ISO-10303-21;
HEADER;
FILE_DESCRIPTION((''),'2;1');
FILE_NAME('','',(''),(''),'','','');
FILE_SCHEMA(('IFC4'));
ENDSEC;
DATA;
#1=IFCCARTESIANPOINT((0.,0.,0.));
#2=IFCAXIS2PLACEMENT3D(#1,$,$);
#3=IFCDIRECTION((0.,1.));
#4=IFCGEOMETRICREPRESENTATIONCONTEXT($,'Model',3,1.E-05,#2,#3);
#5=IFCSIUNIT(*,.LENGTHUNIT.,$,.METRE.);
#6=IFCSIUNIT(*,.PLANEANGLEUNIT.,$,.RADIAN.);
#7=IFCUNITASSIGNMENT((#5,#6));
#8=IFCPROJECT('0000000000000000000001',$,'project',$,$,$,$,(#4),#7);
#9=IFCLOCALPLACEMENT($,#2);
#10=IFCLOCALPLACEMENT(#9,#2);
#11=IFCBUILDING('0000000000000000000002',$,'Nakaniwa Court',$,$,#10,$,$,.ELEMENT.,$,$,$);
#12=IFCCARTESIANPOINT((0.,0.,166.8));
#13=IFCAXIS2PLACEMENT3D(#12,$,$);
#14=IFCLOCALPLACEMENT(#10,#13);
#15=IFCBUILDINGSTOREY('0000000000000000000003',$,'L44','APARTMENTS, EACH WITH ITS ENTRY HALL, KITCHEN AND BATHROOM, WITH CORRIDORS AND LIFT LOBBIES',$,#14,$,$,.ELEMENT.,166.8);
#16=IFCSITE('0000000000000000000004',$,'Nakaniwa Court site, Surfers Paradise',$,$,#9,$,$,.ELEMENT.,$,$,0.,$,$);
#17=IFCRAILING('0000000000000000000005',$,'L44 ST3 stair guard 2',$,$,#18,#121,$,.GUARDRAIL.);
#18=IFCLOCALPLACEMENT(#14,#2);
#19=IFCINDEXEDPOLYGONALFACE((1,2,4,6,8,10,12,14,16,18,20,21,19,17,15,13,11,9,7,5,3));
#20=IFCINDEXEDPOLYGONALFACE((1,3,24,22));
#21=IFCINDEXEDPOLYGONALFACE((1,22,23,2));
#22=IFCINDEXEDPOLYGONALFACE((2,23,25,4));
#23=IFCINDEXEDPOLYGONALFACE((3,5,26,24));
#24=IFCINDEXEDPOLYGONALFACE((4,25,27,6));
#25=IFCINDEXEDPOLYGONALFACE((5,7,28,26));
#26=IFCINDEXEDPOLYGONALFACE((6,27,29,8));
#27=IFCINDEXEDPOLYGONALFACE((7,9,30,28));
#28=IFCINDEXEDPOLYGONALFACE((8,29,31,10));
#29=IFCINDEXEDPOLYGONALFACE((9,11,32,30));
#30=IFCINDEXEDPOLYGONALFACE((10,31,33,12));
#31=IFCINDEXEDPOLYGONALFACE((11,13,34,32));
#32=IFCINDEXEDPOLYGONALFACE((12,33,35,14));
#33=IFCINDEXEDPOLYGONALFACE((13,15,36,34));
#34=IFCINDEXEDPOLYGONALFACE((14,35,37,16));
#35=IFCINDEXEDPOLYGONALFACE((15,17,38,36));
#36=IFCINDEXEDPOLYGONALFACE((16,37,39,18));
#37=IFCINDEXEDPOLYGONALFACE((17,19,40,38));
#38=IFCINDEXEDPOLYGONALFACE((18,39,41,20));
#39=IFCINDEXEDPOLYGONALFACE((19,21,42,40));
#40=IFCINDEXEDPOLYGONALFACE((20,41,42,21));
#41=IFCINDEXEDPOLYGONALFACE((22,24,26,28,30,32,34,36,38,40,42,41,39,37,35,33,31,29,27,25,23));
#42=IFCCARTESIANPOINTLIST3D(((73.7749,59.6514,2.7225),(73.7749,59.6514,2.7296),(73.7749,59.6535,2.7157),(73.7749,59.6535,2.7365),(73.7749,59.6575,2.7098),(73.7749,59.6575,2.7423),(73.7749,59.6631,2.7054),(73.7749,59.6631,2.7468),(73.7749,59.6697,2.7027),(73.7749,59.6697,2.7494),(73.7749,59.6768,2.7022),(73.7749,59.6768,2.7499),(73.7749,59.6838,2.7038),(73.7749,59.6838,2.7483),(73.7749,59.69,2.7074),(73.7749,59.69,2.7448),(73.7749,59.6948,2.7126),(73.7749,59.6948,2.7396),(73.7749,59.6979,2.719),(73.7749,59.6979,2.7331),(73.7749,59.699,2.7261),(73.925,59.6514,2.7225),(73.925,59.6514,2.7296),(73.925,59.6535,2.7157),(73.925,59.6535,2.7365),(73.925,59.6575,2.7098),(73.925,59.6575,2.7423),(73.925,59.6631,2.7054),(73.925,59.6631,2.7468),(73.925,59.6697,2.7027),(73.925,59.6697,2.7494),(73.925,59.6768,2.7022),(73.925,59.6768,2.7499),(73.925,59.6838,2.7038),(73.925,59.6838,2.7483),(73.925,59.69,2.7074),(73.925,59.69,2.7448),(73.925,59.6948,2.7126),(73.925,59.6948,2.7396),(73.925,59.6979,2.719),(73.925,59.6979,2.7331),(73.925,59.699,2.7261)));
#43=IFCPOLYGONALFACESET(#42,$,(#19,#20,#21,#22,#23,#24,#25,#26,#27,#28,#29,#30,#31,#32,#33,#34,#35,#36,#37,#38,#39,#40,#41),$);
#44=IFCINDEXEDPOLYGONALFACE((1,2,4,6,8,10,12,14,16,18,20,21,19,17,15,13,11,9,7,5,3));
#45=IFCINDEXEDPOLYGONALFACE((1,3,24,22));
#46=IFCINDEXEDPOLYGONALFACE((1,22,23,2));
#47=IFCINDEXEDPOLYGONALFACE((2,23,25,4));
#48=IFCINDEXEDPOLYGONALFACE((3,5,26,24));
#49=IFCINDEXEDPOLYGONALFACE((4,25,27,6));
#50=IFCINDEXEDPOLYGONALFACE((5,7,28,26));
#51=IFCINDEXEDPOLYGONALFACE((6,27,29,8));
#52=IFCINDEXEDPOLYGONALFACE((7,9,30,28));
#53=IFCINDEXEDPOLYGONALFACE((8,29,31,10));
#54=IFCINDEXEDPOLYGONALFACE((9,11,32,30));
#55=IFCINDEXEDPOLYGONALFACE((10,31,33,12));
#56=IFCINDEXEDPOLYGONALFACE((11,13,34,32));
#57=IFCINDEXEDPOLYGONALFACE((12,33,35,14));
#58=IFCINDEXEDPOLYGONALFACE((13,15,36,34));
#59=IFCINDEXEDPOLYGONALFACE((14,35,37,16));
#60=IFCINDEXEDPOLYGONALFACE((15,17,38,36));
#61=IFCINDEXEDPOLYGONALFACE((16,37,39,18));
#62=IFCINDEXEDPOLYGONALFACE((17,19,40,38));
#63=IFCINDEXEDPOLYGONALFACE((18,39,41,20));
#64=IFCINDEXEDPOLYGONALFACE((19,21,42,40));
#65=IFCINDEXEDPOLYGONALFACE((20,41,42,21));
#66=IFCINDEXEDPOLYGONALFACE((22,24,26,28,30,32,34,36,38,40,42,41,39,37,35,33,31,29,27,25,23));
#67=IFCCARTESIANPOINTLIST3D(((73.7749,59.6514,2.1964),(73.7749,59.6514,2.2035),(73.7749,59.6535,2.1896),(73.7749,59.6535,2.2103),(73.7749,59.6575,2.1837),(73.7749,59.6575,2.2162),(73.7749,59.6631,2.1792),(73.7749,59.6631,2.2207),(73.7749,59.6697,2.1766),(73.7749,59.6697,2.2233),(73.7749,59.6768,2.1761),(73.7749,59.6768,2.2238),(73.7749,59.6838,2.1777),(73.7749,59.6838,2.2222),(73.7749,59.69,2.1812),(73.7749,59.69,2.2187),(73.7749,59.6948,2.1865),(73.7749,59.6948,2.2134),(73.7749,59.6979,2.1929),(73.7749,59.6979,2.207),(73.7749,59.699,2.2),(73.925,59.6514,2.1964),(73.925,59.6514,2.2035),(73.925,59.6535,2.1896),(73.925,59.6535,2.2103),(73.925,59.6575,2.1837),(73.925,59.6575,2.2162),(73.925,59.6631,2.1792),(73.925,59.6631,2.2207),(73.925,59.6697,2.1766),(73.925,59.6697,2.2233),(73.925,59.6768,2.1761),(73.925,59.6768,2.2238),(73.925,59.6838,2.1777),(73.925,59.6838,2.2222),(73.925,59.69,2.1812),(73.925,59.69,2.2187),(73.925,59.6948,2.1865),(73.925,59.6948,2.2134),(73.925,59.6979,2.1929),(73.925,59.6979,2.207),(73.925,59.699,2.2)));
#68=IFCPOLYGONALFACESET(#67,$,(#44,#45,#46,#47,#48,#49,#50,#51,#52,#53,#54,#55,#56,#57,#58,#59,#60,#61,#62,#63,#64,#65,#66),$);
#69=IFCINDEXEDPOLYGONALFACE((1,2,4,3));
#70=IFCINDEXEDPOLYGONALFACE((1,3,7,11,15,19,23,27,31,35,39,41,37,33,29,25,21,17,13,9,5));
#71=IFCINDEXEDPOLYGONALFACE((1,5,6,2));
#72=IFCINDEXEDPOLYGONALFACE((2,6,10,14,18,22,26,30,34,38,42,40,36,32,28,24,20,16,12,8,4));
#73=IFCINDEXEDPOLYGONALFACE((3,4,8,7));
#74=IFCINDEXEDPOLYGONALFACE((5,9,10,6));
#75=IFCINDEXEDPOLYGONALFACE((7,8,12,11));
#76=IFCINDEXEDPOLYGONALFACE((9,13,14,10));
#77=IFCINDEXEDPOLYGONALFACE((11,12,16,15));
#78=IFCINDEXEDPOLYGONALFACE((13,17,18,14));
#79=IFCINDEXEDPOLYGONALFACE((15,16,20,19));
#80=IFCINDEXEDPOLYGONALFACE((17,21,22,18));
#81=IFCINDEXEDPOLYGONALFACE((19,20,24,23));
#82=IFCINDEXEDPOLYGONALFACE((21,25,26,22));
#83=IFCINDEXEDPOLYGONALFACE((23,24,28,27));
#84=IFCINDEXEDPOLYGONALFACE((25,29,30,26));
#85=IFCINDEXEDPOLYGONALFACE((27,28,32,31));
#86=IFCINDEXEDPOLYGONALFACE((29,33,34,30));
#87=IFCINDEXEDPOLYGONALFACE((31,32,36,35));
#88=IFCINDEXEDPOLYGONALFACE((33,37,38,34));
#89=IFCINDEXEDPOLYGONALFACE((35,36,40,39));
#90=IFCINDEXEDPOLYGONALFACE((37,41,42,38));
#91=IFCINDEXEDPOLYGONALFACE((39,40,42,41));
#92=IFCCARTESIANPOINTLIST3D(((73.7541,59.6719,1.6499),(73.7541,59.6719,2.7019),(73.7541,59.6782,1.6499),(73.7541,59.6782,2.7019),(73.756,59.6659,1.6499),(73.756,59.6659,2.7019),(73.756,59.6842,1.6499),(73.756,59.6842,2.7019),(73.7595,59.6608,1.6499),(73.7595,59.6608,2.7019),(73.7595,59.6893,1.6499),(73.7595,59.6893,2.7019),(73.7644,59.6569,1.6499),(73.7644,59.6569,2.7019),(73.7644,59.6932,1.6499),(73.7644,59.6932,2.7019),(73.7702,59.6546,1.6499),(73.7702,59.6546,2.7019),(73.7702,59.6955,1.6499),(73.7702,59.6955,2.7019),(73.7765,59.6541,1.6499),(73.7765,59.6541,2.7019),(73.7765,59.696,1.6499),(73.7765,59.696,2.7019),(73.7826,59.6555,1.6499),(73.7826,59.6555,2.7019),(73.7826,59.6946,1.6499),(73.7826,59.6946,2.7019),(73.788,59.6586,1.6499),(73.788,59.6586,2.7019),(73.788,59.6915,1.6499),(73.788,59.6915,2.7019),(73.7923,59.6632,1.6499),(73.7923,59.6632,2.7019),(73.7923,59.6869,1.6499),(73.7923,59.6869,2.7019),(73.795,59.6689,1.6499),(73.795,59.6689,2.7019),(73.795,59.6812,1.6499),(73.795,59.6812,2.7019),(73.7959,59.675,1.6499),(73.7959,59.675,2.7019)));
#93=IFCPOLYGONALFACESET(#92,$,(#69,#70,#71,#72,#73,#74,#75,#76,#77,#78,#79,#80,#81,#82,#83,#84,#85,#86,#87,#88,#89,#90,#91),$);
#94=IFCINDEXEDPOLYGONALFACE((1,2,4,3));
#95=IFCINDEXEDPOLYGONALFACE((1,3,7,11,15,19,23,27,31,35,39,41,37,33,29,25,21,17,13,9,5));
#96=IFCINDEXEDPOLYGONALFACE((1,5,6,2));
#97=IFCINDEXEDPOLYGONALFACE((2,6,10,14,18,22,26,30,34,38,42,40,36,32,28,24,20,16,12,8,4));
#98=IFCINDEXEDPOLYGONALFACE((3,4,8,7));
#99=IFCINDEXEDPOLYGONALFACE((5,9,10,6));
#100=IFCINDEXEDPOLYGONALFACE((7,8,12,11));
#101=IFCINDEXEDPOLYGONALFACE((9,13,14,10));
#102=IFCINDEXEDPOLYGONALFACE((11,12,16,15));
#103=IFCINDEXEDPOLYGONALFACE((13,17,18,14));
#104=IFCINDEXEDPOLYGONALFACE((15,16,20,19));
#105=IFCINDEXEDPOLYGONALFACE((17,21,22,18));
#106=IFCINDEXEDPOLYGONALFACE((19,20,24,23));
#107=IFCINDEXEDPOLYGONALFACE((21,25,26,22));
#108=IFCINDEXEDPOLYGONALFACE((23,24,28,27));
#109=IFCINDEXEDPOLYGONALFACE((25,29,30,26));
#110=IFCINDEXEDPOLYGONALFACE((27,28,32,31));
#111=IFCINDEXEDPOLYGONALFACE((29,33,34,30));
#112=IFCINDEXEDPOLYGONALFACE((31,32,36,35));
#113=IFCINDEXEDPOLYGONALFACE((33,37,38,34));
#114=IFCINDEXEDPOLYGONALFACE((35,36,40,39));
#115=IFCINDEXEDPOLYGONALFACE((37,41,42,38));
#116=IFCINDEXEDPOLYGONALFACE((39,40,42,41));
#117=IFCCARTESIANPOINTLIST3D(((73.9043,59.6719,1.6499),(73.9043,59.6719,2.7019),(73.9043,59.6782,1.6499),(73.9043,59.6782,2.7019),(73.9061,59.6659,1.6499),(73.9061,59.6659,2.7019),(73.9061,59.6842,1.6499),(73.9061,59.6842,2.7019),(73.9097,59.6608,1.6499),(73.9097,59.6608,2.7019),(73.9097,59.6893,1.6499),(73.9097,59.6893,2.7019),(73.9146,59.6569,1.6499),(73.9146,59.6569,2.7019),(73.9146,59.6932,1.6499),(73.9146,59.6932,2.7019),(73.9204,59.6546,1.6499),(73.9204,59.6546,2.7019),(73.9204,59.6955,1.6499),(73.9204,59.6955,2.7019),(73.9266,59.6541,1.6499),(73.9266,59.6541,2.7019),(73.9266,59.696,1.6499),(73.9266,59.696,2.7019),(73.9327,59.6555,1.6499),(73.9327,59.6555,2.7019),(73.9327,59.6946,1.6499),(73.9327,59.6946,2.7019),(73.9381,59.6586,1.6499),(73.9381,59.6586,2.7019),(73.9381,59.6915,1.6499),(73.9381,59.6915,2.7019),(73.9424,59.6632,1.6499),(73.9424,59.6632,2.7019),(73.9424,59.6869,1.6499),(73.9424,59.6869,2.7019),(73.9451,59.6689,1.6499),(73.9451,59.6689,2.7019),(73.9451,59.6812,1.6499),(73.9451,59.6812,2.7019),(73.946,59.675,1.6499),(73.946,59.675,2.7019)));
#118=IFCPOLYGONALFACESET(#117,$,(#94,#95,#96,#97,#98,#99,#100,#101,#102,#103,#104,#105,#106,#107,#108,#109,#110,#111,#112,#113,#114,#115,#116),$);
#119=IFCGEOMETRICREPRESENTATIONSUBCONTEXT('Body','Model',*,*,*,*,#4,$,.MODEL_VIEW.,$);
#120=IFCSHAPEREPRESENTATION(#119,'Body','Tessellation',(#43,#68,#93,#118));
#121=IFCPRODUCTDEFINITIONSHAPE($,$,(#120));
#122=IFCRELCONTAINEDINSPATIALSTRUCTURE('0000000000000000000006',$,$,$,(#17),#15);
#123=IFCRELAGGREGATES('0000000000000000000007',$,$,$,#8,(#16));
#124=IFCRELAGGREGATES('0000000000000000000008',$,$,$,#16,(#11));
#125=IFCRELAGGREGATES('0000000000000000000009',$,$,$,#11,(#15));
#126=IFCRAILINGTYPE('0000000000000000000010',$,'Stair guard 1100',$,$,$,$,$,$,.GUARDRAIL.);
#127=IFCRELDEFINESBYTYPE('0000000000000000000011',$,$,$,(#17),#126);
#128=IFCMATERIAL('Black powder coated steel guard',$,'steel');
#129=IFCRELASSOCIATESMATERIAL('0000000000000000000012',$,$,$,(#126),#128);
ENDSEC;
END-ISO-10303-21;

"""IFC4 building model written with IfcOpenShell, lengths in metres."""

from ifc_helpers import new_model, si_unit, direction, frame, origin, origin_2d, place, context, subcontext, project, spatial, circle, extrude, material, type_object, element, save


model = new_model("IFC4")

# Units and contexts
model_context = context("Model", 3, precision=1e-05, world=origin(), true_north=direction((0.0, 1.0)))
body_context = subcontext(model_context, "Body", "Model", "MODEL_VIEW")
ifc_project = project(units=[si_unit("LENGTHUNIT", "METRE"), si_unit("PLANEANGLEUNIT", "RADIAN")], contexts=[model_context])

# Site, building, storey
site_placement = place(None, origin())
site = spatial("IfcSite", under=ifc_project, at=site_placement, Name="Nakaniwa Court site, Surfers Paradise", CompositionType="ELEMENT", RefElevation=0.0)
building_placement = place(site_placement, origin())
building = spatial("IfcBuilding", under=site, at=building_placement, Name="Nakaniwa Court", CompositionType="ELEMENT")
storey_placement = place(building_placement, frame((0.0, 0.0, 166.8)))
storey = spatial("IfcBuildingStorey", under=building, at=storey_placement, Name="L44", Description="APARTMENTS, EACH WITH ITS ENTRY HALL, KITCHEN AND BATHROOM, WITH CORRIDORS AND LIFT LOBBIES", CompositionType="ELEMENT", Elevation=166.8)

# Railing
ifc_material_1 = material(Name="Black powder coated steel guard", Category="steel")
railing_type_1 = type_object("IfcRailingType", Name="Stair guard 1100", PredefinedType="GUARDRAIL", material=ifc_material_1)
railing_1_placement = place(storey_placement, frame((73.7749, 59.675, 1.6499)))
element("IfcRailing", 1, at=railing_1_placement, inside=storey, type_object=railing_type_1, Name="L44 ST3 stair guard 2", PredefinedType="GUARDRAIL", context=body_context, shape_type="SweptSolid", body=[
    extrude(circle(Radius=0.0239, at=origin_2d()), frame((0.0, 0.0, 1.0762), z_axis=(1.0, 0.0, 0.0), x_axis=(0.0, 1.0, 0.0)), (0.0, 0.0, 1.0), 0.1501),
    extrude(circle(Radius=0.0239, at=origin_2d()), frame((0.0, 0.0, 0.55), z_axis=(1.0, 0.0, 0.0), x_axis=(0.0, 1.0, 0.0)), (0.0, 0.0, 1.0), 0.1501),
    extrude(circle(Radius=0.021, at=origin_2d()), origin(), (0.0, 0.0, 1.0), 1.052),
    extrude(circle(Radius=0.021, at=origin_2d()), frame((0.1501, 0.0, 0.0)), (0.0, 0.0, 1.0), 1.052),
])

save(model, "model.ifc")
